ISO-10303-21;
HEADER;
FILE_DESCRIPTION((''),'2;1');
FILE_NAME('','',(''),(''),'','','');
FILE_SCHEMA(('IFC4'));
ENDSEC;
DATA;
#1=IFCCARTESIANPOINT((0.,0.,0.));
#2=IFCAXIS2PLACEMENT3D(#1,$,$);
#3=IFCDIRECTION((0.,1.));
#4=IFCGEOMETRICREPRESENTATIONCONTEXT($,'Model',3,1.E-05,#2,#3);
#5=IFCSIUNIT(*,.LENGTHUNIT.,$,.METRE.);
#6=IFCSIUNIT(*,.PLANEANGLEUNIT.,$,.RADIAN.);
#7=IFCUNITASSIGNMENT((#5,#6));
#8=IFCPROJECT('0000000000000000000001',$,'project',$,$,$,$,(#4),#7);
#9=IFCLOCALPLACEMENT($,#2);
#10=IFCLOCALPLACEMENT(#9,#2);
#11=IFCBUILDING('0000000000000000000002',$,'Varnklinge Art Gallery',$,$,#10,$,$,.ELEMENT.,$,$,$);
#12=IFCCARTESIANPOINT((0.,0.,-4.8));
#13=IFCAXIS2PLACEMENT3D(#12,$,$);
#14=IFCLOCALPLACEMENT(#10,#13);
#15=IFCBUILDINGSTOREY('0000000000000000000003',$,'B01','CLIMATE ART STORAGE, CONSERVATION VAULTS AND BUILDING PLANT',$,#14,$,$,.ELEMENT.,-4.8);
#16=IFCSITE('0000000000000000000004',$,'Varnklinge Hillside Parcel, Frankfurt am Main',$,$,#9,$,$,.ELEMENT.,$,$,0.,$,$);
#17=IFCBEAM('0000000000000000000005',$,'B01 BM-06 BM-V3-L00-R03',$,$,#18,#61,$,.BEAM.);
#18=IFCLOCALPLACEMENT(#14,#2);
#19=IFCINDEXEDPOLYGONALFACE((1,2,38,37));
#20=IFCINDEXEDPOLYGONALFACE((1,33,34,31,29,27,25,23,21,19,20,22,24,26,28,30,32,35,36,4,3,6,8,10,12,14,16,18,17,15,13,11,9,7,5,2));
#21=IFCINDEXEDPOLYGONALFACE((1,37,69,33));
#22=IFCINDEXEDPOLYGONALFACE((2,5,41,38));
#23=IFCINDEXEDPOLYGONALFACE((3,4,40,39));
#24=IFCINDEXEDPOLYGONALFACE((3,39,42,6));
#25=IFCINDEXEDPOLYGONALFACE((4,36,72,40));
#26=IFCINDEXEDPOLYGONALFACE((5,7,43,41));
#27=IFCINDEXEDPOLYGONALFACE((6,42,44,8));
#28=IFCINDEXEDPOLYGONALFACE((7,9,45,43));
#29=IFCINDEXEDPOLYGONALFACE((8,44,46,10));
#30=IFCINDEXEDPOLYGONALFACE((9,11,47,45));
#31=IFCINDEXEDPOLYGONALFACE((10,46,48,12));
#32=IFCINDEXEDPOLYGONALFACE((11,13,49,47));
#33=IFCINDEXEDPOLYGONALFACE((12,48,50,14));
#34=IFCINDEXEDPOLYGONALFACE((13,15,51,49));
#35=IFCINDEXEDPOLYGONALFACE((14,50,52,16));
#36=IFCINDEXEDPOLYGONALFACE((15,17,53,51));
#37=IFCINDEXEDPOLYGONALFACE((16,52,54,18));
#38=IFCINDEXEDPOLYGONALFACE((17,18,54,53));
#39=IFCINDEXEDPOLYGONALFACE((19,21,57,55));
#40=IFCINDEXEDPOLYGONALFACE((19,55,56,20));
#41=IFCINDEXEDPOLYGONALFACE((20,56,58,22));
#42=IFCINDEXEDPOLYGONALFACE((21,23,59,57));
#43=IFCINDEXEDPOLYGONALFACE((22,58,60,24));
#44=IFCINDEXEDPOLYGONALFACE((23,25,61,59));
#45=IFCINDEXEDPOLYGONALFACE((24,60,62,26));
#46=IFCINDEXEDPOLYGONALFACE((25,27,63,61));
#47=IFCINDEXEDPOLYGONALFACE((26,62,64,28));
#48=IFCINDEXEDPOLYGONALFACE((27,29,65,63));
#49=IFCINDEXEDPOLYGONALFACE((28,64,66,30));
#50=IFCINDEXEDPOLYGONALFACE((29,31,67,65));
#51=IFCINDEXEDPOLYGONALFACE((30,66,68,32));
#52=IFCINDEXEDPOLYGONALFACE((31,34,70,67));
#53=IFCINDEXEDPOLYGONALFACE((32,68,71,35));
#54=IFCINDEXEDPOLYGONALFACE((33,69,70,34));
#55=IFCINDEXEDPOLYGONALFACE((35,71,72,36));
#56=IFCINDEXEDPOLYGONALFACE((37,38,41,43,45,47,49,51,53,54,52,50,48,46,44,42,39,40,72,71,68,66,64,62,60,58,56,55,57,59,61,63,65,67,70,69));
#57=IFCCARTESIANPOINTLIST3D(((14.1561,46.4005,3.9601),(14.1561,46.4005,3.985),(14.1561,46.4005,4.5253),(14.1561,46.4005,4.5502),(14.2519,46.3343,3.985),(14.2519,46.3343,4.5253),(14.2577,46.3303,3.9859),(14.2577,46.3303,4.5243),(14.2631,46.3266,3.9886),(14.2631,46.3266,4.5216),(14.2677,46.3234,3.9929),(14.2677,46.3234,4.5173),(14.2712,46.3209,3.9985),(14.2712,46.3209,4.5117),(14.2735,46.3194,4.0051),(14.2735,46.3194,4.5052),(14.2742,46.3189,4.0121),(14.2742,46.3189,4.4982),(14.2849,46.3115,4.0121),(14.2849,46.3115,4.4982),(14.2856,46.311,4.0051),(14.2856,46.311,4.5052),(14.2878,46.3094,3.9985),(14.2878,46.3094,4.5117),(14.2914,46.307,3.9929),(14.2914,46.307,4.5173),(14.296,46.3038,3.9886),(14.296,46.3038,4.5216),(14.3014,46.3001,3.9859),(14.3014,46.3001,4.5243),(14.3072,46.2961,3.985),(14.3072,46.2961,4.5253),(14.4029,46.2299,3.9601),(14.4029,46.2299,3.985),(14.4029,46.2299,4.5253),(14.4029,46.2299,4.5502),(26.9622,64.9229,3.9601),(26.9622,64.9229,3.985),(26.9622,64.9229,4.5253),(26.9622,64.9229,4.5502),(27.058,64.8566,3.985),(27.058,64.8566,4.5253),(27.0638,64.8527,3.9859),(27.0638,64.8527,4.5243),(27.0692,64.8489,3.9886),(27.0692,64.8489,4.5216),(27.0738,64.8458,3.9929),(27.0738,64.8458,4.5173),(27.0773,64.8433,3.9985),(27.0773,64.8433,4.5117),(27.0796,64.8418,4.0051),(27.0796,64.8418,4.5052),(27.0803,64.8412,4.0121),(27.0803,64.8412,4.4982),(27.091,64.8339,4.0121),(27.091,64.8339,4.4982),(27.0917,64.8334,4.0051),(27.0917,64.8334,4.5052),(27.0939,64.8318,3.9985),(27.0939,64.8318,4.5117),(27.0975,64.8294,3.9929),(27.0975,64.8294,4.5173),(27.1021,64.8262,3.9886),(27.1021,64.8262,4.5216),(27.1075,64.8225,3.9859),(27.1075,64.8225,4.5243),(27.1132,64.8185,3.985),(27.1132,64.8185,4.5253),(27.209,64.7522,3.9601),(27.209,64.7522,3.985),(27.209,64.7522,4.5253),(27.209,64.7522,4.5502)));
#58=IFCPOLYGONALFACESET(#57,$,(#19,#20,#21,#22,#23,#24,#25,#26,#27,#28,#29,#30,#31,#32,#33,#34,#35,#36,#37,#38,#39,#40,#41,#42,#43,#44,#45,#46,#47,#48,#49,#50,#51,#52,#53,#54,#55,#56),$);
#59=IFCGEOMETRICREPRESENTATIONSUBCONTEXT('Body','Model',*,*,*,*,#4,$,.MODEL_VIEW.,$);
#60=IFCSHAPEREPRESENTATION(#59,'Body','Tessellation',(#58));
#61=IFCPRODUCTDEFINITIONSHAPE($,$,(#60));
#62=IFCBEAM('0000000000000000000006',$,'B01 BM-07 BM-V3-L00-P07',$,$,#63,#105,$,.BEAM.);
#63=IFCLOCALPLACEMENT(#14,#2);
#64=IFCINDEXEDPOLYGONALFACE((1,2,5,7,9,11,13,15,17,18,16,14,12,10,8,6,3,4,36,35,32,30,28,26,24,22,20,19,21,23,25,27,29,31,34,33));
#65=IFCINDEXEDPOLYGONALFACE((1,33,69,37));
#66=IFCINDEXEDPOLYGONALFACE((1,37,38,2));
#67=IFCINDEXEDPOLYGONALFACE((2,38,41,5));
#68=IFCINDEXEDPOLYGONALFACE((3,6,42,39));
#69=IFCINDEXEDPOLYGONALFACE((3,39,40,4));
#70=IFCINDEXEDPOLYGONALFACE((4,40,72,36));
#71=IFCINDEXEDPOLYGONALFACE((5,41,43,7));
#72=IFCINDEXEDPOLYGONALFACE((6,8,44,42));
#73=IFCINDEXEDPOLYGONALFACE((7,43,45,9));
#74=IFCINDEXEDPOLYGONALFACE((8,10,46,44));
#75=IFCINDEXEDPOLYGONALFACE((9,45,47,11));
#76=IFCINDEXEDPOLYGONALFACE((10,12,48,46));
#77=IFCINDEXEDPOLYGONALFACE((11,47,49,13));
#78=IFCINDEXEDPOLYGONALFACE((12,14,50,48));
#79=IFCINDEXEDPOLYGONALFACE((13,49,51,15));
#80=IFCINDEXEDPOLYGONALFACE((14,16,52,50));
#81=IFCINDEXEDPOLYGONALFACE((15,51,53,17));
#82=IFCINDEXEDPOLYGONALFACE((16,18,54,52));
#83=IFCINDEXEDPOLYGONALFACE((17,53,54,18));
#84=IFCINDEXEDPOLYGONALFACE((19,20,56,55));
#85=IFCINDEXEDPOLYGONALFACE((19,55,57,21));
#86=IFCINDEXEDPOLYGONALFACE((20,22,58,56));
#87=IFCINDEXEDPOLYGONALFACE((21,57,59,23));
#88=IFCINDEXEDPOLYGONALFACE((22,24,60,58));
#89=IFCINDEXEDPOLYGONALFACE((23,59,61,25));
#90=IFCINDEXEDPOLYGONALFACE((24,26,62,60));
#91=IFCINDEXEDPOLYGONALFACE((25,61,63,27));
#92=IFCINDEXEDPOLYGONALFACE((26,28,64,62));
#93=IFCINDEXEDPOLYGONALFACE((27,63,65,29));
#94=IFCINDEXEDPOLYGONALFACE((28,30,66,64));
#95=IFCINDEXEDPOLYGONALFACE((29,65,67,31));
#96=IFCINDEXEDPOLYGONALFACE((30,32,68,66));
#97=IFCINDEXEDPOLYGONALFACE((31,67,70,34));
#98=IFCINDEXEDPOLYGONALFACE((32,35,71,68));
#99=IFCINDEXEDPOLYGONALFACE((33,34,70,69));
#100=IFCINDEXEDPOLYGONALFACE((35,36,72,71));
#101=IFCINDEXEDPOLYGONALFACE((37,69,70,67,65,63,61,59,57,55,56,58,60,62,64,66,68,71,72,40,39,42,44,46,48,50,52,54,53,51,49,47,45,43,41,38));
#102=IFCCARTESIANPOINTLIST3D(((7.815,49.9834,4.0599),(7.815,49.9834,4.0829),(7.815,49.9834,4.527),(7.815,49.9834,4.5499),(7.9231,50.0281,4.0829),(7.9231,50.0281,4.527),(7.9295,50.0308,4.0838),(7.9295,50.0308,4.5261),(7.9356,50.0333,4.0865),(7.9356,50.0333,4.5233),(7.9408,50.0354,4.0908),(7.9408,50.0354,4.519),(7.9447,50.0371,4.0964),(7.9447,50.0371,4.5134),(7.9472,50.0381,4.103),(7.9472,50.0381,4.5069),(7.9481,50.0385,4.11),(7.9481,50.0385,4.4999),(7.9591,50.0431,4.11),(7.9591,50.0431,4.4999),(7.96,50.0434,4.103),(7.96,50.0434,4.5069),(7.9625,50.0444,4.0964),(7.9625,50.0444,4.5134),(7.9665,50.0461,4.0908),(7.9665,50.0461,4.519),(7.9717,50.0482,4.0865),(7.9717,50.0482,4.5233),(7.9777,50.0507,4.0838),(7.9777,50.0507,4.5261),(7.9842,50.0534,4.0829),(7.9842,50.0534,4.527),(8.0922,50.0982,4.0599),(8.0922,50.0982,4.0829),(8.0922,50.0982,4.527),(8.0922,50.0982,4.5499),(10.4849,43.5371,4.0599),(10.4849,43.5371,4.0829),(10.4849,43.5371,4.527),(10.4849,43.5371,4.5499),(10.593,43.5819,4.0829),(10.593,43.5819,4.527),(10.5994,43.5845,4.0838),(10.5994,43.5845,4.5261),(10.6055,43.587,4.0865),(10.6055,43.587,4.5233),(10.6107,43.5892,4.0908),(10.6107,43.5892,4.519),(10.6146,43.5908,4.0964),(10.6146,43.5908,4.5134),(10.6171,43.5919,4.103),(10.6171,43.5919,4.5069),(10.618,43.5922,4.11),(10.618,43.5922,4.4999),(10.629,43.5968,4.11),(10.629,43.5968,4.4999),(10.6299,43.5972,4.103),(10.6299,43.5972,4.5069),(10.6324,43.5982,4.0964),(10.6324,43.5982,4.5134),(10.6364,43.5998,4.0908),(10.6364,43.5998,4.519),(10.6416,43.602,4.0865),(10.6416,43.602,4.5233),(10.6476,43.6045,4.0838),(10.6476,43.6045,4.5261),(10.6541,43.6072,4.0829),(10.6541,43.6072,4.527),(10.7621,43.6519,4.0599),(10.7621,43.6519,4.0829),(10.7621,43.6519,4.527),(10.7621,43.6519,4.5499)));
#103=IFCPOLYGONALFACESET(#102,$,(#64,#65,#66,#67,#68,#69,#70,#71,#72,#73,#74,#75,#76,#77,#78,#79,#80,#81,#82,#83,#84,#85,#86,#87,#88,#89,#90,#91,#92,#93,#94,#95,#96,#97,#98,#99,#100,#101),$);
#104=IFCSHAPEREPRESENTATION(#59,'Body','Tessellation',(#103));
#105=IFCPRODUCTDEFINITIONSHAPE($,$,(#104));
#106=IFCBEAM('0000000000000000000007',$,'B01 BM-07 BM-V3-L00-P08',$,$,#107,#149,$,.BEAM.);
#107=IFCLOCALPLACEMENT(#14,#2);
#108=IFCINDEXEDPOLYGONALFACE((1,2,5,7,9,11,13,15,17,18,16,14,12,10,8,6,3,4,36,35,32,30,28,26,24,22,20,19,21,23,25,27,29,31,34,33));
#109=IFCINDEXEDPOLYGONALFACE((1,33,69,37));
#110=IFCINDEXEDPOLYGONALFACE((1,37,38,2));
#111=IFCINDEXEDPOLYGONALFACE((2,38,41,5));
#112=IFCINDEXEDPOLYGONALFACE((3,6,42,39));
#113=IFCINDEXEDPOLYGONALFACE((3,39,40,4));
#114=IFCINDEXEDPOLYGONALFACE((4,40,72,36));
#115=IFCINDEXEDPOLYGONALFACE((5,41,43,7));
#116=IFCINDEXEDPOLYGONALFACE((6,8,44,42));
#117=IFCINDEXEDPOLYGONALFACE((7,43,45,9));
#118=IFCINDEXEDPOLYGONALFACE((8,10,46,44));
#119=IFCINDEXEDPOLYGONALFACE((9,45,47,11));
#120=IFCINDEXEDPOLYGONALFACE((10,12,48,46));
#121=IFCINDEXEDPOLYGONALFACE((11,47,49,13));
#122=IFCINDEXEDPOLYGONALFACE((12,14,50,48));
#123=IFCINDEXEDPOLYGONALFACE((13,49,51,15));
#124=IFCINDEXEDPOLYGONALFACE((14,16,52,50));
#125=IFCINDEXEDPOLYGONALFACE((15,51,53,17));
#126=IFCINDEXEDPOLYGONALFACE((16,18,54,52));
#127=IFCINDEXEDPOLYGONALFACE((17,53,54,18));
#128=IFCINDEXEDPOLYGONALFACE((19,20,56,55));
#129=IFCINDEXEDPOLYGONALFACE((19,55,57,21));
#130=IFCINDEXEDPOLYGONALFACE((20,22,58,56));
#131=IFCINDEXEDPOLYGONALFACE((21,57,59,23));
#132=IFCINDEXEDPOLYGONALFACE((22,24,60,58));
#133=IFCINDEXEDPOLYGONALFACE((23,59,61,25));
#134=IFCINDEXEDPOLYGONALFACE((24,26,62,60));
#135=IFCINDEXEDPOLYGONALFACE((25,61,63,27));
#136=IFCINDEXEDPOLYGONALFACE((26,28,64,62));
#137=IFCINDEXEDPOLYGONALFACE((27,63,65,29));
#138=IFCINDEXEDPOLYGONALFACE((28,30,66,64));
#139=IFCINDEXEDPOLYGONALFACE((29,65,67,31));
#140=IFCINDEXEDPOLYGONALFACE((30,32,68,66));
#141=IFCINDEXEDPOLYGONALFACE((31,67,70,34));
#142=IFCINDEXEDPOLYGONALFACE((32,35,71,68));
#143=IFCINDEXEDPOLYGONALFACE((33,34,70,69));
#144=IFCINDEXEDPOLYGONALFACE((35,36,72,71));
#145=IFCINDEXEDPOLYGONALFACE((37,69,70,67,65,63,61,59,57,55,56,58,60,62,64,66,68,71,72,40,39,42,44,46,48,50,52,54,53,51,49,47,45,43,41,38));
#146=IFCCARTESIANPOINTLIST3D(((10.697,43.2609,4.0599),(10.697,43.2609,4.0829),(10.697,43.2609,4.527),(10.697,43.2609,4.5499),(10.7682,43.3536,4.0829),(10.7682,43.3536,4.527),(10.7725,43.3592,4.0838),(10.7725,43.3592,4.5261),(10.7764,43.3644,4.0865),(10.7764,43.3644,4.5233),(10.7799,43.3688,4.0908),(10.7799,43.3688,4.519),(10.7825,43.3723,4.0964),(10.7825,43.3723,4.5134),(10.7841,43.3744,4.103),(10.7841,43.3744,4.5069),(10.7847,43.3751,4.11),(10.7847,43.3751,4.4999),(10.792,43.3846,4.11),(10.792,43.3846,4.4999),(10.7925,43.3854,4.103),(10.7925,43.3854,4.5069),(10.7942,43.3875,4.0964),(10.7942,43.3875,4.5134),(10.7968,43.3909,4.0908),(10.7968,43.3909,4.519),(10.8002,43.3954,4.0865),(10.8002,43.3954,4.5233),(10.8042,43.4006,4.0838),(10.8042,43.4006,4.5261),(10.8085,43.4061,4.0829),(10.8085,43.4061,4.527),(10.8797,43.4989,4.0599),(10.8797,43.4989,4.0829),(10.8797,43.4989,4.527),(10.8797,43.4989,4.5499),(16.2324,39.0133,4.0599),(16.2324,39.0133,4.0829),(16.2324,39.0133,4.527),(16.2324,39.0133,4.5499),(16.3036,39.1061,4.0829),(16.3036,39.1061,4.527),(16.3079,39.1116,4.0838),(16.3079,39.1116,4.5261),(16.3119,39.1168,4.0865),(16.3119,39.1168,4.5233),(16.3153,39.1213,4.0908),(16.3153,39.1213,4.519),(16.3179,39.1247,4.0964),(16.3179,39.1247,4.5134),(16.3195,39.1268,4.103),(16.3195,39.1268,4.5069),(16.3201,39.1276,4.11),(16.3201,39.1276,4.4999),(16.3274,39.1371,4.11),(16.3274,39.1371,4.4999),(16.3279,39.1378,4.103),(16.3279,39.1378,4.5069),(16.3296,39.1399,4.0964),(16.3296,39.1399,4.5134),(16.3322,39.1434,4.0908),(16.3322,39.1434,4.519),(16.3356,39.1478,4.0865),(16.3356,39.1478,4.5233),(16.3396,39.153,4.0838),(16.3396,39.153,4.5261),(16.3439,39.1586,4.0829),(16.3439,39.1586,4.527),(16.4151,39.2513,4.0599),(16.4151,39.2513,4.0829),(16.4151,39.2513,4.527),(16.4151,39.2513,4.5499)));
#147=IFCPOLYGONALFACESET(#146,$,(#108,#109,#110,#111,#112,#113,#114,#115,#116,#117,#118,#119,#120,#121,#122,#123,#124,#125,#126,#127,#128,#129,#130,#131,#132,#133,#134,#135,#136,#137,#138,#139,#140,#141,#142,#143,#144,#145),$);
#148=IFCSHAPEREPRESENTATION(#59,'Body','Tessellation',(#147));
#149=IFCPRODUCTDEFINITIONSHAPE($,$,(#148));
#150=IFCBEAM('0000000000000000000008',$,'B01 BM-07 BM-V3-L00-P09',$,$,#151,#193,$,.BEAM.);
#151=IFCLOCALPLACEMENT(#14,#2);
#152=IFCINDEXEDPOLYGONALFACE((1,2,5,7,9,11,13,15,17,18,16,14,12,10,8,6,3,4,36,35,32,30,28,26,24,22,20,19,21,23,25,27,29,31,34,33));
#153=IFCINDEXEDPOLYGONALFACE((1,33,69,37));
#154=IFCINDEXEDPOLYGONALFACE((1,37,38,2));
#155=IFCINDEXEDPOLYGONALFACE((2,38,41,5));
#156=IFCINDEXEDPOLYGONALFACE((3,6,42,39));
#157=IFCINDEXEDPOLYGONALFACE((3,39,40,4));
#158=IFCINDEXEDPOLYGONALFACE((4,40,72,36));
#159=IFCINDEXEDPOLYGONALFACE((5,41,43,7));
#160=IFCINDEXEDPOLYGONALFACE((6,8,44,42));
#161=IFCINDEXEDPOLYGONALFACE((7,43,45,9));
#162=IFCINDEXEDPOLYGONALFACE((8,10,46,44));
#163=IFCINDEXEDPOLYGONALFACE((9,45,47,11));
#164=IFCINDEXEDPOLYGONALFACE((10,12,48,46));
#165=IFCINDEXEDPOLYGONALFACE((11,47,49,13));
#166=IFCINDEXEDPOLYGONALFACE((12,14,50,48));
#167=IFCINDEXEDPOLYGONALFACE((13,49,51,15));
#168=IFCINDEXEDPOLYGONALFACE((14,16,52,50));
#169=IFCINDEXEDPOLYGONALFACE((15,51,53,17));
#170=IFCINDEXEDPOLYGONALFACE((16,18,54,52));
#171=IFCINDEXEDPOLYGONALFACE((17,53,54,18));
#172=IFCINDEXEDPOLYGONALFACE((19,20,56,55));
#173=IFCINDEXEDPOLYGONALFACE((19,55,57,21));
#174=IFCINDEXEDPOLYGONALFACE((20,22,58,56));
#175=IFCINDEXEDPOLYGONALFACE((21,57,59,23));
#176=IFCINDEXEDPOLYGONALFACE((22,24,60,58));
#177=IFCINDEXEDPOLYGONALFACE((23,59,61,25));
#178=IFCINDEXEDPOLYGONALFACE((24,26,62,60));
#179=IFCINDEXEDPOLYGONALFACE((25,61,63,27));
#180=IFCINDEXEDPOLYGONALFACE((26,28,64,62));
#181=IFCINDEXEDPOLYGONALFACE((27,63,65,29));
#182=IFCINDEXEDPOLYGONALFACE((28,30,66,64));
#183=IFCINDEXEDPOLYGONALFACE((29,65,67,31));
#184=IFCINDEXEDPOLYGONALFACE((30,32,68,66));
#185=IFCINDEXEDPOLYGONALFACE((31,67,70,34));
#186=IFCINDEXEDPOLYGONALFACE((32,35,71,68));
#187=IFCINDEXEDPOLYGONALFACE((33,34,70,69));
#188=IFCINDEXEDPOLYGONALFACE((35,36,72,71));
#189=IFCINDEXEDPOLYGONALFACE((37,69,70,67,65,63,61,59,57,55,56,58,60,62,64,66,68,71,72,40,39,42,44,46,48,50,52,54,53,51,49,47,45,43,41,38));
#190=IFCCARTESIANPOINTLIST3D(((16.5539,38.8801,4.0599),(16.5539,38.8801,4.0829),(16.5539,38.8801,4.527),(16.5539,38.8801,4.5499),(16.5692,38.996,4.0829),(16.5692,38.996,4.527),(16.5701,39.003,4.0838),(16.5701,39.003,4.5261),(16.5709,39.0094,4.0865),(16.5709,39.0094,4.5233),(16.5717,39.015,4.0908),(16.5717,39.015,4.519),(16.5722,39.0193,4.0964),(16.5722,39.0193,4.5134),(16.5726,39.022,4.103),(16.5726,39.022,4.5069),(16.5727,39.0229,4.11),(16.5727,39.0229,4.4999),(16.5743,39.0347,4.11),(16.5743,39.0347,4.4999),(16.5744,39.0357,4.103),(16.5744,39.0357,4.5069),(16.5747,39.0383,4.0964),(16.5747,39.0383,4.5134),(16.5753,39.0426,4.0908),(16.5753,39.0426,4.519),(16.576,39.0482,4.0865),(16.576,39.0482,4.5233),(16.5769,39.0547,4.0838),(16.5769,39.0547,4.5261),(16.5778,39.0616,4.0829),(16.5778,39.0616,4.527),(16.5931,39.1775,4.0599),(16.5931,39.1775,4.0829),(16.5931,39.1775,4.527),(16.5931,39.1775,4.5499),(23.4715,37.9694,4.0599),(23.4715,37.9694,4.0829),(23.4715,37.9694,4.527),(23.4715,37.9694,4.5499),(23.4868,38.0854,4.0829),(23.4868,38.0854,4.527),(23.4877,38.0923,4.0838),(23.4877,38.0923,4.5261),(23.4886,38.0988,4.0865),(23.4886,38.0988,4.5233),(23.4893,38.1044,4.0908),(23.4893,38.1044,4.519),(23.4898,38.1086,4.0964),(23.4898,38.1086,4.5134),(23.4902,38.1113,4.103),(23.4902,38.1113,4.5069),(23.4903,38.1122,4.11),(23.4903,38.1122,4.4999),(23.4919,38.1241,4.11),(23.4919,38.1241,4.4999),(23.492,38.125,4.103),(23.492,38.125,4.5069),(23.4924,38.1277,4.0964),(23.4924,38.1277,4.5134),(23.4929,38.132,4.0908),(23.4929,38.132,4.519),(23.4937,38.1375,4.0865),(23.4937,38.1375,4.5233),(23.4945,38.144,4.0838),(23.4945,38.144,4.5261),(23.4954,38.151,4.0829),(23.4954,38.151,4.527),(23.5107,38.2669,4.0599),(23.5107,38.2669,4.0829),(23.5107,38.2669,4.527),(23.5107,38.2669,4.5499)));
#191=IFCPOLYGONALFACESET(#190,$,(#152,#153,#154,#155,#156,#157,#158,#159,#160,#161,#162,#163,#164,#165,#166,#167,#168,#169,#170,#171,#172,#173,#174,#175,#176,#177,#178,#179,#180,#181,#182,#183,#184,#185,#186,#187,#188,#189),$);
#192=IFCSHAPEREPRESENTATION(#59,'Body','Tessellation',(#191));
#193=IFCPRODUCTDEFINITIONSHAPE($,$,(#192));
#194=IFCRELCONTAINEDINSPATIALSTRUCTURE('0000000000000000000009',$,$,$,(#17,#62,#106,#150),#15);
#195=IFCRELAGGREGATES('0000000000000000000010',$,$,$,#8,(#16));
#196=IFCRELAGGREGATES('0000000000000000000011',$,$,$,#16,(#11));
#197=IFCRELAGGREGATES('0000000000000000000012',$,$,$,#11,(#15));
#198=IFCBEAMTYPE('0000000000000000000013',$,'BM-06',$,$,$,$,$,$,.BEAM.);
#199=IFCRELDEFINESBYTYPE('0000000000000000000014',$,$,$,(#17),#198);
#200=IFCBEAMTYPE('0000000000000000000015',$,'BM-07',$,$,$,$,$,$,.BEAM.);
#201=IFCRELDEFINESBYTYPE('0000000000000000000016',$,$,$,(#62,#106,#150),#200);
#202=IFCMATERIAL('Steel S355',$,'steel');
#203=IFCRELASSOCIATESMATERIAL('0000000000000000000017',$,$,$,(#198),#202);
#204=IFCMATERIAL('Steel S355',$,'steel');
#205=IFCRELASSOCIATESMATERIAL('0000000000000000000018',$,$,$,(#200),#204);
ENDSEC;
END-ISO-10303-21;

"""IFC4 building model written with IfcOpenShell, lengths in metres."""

from ifc_helpers import new_model, si_unit, direction, frame, origin, origin_2d, place, context, subcontext, project, spatial, i_section, extrude, material, material_profile, profile_set, type_object, element, save


model = new_model("IFC4")

# Units and contexts
model_context = context("Model", 3, precision=1e-05, world=origin(), true_north=direction((0.0, 1.0)))
body_context = subcontext(model_context, "Body", "Model", "MODEL_VIEW")
ifc_project = project(units=[si_unit("LENGTHUNIT", "METRE"), si_unit("PLANEANGLEUNIT", "RADIAN")], contexts=[model_context])

# Site, building, storey
site_placement = place(None, origin())
site = spatial("IfcSite", under=ifc_project, at=site_placement, Name="Varnklinge Hillside Parcel, Frankfurt am Main", CompositionType="ELEMENT", RefElevation=0.0)
building_placement = place(site_placement, origin())
building = spatial("IfcBuilding", under=site, at=building_placement, Name="Varnklinge Art Gallery", CompositionType="ELEMENT")
storey_placement = place(building_placement, frame((0.0, 0.0, -4.8)))
storey = spatial("IfcBuildingStorey", under=building, at=storey_placement, Name="B01", Description="CLIMATE ART STORAGE, CONSERVATION VAULTS AND BUILDING PLANT", CompositionType="ELEMENT", Elevation=-4.8)

# Beams
ifc_material_1 = material(Name="Steel S355", Category="steel")
ifc_material_profile_1 = material_profile(ifc_material_1, i_section(OverallWidth=0.3, OverallDepth=0.5901, WebThickness=0.0129, FlangeThickness=0.0249, FilletRadius=0.0271, at=origin_2d()), Name="HEA 600")
ifc_profile_set_1 = profile_set([ifc_material_profile_1], Name="Steel S355")
beam_type_1 = type_object("IfcBeamType", Name="BM-06", PredefinedType="BEAM", material=ifc_profile_set_1)
beam_1_placement = place(storey_placement, frame((14.2795, 46.3152, 4.2551), z_axis=(0.568697, 0.822547, 0.0), x_axis=(-0.822547, 0.568697, 0.0)))
element("IfcBeam", 1, at=beam_1_placement, inside=storey, type_object=beam_type_1, Name="B01 BM-06 BM-V3-L00-R03", PredefinedType="BEAM", context=body_context, shape_type="SweptSolid", body=[
    extrude(i_section(OverallWidth=0.3, OverallDepth=0.5901, WebThickness=0.0129, FlangeThickness=0.0249, FilletRadius=0.0271, at=origin_2d()), origin(), (0.0, 0.0, 1.0), 22.5183),
])
ifc_material_2 = material(Name="Steel S355", Category="steel")
ifc_material_profile_2 = material_profile(ifc_material_2, i_section(OverallWidth=0.3, OverallDepth=0.49, WebThickness=0.012, FlangeThickness=0.0229, FilletRadius=0.0271, at=origin_2d()), Name="HEA 500")
ifc_profile_set_2 = profile_set([ifc_material_profile_2], Name="Steel S355")
beam_type_2 = type_object("IfcBeamType", Name="BM-07", PredefinedType="BEAM", material=ifc_profile_set_2)
for number, where, z_axis, x_axis, name in (
    (2, (7.9536, 50.0408, 4.3049), (0.382657, -0.923891, 0.0), (0.923891, 0.382657, 0.0), "B01 BM-07 BM-V3-L00-P07"),
    (3, (10.7883, 43.3799, 4.3049), (0.793347, -0.60877, 0.0), (0.60877, 0.793347, 0.0), "B01 BM-07 BM-V3-L00-P08"),
    (4, (16.5735, 39.0288, 4.3049), (0.991447, -0.130513, 0.0), (0.130513, 0.991447, 0.0), "B01 BM-07 BM-V3-L00-P09"),
):
    element("IfcBeam", number, at=place(storey_placement, frame(where, z_axis=z_axis, x_axis=x_axis)), inside=storey, type_object=beam_type_2, Name=name, PredefinedType="BEAM", context=body_context, shape_type="SweptSolid", body=[
        extrude(i_section(OverallWidth=0.3, OverallDepth=0.49, WebThickness=0.012, FlangeThickness=0.0229, FilletRadius=0.0271, at=origin_2d()), origin(), (0.0, 0.0, 1.0), 6.9773),
    ])

save(model, "model.ifc")
